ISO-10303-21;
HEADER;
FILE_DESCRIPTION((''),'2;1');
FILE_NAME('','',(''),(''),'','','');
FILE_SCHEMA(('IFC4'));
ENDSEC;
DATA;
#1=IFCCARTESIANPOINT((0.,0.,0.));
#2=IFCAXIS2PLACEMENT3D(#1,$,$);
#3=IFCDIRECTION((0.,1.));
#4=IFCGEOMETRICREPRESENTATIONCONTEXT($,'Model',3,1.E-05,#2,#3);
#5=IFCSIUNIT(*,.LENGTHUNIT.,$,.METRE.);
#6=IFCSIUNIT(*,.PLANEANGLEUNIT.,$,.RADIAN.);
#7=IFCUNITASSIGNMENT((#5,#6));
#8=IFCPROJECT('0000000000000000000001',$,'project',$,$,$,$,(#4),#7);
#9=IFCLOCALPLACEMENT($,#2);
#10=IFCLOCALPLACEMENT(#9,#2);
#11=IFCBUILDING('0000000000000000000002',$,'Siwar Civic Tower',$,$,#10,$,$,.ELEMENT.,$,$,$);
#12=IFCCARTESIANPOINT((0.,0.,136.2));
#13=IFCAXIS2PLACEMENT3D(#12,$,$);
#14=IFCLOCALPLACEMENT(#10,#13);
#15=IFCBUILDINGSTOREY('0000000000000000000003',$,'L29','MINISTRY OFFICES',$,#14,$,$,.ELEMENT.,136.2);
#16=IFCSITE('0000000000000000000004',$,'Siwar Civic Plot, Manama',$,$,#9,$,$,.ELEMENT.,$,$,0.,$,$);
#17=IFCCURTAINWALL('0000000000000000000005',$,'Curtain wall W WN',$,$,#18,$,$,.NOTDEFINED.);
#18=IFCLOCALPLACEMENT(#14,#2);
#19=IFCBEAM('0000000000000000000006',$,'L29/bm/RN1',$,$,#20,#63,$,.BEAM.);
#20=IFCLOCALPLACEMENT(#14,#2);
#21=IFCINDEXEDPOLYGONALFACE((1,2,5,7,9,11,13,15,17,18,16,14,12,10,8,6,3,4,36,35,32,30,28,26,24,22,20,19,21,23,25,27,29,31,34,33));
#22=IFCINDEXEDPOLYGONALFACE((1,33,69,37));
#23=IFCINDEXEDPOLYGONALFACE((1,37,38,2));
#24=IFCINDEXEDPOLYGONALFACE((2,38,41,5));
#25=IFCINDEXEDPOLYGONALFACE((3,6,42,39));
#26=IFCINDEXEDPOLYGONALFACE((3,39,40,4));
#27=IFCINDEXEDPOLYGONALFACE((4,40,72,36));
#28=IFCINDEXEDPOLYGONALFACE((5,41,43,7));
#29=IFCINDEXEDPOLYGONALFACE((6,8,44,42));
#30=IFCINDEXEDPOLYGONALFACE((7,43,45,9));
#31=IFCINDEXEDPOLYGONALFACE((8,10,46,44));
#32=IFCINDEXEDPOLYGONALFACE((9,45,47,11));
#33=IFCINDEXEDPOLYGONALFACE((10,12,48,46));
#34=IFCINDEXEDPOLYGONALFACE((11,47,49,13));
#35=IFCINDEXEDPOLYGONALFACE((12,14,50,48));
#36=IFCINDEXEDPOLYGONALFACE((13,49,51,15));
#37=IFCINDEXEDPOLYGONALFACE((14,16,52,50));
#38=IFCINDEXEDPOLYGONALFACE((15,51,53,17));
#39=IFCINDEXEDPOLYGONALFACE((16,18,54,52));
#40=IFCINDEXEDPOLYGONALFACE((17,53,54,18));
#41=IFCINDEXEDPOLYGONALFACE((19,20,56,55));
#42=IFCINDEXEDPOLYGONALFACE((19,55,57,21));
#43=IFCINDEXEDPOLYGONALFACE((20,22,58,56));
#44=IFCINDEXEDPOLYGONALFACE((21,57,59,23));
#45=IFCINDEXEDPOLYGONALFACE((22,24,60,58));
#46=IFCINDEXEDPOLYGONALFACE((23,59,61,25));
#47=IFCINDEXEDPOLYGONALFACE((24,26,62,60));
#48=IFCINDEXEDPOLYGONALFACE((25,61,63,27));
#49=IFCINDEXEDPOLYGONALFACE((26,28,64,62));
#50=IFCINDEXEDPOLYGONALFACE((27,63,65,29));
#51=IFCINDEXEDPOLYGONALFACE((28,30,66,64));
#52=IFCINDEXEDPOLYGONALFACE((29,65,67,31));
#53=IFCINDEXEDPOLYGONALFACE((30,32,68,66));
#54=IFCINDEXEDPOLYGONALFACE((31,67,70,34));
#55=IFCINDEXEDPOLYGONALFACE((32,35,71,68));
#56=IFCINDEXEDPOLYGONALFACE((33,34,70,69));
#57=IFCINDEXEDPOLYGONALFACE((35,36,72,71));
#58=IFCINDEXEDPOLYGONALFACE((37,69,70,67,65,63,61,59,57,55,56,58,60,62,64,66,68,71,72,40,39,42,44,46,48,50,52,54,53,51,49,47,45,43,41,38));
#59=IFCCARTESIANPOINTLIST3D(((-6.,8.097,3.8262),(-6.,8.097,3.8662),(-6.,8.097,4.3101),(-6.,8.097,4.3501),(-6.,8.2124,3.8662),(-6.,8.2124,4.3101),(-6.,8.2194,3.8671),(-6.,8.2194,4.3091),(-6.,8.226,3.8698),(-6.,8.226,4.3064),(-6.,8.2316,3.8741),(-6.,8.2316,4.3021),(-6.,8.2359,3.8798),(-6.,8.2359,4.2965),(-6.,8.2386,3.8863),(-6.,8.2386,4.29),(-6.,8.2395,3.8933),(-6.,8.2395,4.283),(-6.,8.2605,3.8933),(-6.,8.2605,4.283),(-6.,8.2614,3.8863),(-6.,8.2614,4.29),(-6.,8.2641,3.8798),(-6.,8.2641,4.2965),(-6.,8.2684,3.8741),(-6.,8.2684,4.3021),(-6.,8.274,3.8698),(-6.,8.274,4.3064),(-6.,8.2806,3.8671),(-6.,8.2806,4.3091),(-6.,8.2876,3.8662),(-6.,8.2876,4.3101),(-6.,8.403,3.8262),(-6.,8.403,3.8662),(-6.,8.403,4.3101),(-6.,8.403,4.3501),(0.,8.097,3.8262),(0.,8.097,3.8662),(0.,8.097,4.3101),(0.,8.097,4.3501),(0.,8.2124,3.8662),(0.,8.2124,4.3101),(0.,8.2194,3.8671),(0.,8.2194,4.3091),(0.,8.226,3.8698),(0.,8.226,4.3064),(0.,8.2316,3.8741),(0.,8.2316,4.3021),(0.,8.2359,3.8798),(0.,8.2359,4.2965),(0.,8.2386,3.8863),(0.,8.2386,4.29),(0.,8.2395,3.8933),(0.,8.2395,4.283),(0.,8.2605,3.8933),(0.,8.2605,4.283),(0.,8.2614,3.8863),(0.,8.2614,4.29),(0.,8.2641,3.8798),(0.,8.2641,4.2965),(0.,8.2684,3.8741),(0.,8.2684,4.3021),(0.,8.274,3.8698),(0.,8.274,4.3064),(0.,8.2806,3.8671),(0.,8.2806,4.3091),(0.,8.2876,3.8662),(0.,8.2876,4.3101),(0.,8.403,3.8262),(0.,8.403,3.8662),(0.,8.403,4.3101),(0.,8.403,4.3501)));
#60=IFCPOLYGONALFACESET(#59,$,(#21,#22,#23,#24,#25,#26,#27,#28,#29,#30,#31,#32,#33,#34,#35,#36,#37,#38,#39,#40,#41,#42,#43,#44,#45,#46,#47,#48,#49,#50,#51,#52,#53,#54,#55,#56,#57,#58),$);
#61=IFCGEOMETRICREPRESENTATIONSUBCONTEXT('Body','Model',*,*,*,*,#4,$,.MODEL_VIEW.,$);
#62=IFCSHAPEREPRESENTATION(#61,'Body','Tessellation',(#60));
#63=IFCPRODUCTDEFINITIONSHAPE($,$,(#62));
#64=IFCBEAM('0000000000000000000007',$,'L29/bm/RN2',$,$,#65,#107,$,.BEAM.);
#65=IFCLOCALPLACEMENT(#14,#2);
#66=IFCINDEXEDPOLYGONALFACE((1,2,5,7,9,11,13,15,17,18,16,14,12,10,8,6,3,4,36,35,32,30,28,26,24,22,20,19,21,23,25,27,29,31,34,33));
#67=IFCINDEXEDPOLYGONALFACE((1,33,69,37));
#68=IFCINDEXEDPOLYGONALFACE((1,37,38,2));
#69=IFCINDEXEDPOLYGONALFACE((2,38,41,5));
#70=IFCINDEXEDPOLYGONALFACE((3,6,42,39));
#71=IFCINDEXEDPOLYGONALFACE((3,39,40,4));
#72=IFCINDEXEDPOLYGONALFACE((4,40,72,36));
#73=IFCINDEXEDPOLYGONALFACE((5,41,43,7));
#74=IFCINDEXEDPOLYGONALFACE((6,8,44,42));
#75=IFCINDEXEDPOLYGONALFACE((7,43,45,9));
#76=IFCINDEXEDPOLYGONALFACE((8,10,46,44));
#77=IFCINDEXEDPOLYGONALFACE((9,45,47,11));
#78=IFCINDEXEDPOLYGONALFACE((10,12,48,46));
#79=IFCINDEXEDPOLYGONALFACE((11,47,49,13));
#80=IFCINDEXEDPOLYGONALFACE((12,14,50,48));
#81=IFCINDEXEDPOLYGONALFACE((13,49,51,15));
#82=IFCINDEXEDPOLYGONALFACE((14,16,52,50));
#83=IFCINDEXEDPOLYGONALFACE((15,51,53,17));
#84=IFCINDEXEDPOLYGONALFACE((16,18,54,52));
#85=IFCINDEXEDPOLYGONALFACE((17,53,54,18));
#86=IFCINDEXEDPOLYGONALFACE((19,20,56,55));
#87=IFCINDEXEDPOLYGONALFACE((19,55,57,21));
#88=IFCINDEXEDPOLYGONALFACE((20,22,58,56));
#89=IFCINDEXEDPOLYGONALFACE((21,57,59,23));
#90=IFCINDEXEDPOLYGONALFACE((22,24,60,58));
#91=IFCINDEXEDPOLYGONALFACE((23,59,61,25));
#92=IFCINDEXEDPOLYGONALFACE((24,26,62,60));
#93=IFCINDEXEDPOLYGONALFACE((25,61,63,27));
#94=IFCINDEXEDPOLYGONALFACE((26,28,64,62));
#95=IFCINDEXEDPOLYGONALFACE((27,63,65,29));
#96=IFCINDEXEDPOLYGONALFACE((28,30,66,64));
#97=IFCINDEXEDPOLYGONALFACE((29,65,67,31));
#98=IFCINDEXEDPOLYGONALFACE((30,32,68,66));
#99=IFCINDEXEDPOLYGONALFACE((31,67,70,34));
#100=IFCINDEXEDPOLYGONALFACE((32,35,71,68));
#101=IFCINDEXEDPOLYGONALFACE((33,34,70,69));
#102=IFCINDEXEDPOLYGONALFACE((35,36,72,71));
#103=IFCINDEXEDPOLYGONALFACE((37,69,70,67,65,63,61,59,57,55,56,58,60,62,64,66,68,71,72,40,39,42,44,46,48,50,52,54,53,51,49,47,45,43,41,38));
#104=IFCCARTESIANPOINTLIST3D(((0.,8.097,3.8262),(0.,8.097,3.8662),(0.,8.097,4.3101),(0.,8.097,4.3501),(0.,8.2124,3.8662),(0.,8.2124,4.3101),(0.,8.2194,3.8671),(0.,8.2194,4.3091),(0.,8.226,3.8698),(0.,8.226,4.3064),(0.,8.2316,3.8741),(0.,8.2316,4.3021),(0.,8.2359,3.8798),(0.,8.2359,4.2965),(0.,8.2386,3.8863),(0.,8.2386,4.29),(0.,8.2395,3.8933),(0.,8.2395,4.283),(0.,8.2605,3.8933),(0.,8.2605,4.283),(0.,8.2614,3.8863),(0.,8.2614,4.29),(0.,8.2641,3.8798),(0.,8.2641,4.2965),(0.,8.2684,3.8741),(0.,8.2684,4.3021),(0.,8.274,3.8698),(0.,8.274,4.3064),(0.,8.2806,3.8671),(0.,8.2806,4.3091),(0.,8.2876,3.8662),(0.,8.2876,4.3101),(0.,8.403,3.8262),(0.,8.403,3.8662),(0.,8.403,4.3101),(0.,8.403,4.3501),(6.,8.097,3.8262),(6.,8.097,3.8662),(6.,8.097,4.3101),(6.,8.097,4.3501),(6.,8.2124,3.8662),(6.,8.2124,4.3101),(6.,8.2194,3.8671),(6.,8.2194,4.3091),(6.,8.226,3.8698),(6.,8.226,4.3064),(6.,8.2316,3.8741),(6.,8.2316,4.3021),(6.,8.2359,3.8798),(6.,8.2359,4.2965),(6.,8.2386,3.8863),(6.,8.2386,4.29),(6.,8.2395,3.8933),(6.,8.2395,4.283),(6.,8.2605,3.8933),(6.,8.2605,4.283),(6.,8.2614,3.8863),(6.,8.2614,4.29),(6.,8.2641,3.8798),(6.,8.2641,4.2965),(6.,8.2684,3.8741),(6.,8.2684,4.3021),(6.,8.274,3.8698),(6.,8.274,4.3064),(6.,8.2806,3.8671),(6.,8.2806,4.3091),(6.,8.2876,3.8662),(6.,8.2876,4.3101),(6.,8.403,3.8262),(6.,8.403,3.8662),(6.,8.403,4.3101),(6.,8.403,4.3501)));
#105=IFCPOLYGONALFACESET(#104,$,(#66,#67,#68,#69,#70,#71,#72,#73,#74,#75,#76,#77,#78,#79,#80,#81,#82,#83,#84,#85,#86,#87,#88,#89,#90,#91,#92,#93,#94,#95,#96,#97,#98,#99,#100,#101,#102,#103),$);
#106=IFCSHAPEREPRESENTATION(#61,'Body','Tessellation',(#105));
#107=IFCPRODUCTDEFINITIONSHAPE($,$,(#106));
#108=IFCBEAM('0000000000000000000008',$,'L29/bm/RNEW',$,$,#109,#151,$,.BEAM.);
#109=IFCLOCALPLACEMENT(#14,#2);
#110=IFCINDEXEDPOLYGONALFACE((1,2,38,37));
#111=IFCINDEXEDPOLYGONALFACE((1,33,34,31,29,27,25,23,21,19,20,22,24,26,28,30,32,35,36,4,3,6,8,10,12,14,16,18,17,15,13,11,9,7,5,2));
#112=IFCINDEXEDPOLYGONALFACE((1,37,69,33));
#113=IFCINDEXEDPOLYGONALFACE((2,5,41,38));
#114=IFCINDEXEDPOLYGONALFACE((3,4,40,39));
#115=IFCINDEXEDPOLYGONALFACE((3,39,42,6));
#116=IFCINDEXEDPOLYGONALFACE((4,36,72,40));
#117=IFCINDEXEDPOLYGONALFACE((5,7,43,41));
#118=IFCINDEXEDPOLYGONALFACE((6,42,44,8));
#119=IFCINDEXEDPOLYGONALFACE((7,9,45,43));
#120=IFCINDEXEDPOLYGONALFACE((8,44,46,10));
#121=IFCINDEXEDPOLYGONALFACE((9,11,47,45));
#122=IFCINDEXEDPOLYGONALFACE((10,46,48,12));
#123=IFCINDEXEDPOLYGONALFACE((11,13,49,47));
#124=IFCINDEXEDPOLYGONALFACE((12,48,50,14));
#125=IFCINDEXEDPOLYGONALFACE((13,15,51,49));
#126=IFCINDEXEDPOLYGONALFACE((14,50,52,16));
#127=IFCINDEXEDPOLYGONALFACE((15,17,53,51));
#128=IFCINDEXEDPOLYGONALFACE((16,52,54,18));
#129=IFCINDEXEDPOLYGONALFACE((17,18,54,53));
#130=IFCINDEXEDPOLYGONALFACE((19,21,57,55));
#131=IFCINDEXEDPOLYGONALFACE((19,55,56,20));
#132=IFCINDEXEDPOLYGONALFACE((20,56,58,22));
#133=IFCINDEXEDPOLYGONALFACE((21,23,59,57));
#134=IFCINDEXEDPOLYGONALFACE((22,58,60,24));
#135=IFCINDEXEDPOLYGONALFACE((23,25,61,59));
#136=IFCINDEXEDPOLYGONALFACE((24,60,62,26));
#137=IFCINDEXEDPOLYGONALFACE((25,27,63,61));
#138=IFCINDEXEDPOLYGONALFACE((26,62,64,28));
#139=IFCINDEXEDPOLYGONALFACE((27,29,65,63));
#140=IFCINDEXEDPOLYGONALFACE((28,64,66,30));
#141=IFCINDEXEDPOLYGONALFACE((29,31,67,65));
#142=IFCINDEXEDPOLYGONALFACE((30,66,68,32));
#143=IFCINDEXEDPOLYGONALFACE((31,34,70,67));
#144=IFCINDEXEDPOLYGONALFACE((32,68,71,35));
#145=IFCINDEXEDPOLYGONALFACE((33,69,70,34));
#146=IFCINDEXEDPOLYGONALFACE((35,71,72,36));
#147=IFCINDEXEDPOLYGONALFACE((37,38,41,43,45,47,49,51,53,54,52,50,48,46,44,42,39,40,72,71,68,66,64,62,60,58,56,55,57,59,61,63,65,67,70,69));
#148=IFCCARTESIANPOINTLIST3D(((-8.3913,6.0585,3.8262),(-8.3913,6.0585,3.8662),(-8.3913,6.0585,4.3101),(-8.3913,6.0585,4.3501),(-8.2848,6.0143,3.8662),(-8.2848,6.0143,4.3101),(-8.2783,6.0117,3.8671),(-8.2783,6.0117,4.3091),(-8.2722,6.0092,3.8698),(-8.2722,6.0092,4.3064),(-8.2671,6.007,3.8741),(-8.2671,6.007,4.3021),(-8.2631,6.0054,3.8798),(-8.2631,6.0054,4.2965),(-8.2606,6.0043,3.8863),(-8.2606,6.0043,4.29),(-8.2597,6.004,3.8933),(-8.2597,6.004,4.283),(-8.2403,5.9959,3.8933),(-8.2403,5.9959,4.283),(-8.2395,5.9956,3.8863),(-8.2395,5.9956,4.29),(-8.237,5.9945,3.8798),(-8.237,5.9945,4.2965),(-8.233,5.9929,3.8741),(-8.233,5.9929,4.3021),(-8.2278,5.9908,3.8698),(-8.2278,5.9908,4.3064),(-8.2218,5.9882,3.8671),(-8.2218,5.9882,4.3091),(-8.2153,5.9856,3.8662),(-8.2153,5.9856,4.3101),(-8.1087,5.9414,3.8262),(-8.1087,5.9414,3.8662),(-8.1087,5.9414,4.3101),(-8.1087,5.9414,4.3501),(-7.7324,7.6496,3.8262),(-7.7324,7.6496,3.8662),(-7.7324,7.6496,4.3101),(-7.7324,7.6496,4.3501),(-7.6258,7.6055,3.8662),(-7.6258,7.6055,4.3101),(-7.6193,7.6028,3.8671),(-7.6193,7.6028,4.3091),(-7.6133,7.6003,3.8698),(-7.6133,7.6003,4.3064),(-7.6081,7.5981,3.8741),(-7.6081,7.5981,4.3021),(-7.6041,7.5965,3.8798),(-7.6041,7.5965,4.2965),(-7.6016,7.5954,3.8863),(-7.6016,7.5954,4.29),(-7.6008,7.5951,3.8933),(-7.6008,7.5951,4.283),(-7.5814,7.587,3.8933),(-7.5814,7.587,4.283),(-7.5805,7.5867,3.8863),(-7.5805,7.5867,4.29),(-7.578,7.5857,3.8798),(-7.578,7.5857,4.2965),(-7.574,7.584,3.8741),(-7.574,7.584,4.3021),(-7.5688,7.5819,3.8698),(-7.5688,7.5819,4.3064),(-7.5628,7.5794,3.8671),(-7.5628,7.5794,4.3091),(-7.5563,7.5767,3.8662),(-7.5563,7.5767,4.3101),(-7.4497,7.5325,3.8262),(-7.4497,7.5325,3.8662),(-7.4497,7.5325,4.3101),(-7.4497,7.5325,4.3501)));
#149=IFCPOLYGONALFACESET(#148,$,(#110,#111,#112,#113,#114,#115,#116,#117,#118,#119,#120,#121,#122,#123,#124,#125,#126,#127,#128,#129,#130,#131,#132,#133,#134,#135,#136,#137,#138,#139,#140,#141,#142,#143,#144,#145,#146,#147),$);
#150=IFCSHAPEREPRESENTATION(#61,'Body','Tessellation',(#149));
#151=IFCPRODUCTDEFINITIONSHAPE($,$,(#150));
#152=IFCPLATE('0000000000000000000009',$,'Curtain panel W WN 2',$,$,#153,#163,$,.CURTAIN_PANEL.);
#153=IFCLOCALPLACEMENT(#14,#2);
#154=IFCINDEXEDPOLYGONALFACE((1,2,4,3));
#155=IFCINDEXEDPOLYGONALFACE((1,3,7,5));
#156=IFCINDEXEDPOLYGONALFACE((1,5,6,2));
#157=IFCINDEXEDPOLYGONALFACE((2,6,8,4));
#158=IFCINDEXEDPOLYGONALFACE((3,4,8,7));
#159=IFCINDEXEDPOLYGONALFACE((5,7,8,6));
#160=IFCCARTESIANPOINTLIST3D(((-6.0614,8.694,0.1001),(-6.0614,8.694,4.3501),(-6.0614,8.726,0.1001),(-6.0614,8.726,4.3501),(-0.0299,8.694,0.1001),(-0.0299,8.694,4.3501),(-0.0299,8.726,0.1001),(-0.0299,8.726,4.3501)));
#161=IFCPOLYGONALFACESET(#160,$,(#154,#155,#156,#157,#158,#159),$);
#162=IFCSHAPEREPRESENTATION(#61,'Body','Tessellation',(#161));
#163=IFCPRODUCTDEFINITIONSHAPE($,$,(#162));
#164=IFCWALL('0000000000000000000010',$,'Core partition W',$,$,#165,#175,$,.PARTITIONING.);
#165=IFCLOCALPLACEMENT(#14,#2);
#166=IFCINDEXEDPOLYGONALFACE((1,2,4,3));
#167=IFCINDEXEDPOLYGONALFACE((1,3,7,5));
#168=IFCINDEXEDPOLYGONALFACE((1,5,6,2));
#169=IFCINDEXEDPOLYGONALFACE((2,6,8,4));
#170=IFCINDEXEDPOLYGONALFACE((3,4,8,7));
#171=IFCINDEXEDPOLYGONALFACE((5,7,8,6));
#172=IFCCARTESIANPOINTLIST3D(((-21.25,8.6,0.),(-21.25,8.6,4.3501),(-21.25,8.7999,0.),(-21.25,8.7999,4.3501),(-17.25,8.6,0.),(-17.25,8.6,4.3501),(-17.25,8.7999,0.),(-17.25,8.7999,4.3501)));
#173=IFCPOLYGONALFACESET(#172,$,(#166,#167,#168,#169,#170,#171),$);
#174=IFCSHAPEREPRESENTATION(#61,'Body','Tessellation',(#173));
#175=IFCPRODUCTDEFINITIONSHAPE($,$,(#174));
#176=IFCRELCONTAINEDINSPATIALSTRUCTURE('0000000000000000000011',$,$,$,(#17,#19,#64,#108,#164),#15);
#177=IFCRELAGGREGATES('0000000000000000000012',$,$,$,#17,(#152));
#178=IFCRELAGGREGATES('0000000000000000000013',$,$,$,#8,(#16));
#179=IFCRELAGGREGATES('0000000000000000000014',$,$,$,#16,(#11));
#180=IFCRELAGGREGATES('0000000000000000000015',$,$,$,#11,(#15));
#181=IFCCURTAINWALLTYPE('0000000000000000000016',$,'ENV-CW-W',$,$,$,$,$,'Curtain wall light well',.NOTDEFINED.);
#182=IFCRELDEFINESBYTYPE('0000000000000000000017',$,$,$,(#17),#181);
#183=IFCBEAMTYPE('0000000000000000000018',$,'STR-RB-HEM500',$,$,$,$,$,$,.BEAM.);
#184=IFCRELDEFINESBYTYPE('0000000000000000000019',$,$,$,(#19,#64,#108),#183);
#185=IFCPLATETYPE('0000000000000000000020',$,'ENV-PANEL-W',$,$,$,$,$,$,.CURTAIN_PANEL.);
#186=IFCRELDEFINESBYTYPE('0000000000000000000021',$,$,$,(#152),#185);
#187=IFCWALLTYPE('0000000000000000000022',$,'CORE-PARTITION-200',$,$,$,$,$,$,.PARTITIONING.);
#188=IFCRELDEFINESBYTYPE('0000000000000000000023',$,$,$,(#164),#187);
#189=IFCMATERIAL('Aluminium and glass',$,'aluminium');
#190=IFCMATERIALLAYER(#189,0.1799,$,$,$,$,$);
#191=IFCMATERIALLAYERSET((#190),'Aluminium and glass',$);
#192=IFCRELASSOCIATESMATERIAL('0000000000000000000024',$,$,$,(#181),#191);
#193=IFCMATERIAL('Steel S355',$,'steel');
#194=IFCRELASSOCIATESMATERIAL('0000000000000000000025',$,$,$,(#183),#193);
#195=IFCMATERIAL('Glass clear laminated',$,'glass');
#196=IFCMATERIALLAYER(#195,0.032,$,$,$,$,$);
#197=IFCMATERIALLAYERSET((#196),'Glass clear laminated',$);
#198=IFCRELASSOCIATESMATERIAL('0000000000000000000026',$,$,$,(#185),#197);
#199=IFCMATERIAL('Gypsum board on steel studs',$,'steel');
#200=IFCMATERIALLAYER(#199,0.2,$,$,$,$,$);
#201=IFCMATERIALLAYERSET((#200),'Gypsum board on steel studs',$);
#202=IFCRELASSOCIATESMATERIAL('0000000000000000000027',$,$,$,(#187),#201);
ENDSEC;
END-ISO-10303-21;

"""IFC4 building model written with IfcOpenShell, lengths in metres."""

from ifc_helpers import new_model, si_unit, direction, frame, frame_2d, origin, origin_2d, place, context, subcontext, project, spatial, rectangle, i_section, extrude, material, layer, layer_set, material_profile, profile_set, type_object, element, aggregate, save


model = new_model("IFC4")

# Units and contexts
model_context = context("Model", 3, precision=1e-05, world=origin(), true_north=direction((0.0, 1.0)))
body_context = subcontext(model_context, "Body", "Model", "MODEL_VIEW")
ifc_project = project(units=[si_unit("LENGTHUNIT", "METRE"), si_unit("PLANEANGLEUNIT", "RADIAN")], contexts=[model_context])

# Site, building, storey
site_placement = place(None, origin())
site = spatial("IfcSite", under=ifc_project, at=site_placement, Name="Siwar Civic Plot, Manama", CompositionType="ELEMENT", RefElevation=0.0)
building_placement = place(site_placement, origin())
building = spatial("IfcBuilding", under=site, at=building_placement, Name="Siwar Civic Tower", CompositionType="ELEMENT")
storey_placement = place(building_placement, frame((0.0, 0.0, 136.2)))
storey = spatial("IfcBuildingStorey", under=building, at=storey_placement, Name="L29", Description="MINISTRY OFFICES", CompositionType="ELEMENT", Elevation=136.2)

# Curtain wall
ifc_material_1 = material(Name="Aluminium and glass", Category="aluminium")
ifc_layer_1 = layer(ifc_material_1, 0.1799)
ifc_layer_set_1 = layer_set([ifc_layer_1], Name="Aluminium and glass")
curtain_wall_type = type_object("IfcCurtainWallType", Name="ENV-CW-W", ElementType="Curtain wall light well", PredefinedType="NOTDEFINED", material=ifc_layer_set_1)
curtain_wall_placement = place(storey_placement, origin())
curtain_wall = element("IfcCurtainWall", 1, at=curtain_wall_placement, inside=storey, type_object=curtain_wall_type, Name="Curtain wall W WN", PredefinedType="NOTDEFINED")

# Beams
ifc_material_2 = material(Name="Steel S355", Category="steel")
ifc_material_profile_1 = material_profile(ifc_material_2, i_section(OverallWidth=0.3059, OverallDepth=0.5239, WebThickness=0.021, FlangeThickness=0.04, FilletRadius=0.0271, at=origin_2d()), Name="HEM500")
ifc_profile_set_1 = profile_set([ifc_material_profile_1], Name="Steel S355")
beam_type_1 = type_object("IfcBeamType", Name="STR-RB-HEM500", PredefinedType="BEAM", material=ifc_profile_set_1)
for number, where, z_axis, x_axis, name in (
    (2, (-6.0, 8.25, 4.0881), (1.0, 0.0, 0.0), (0.0, 1.0, 0.0), "L29/bm/RN1"),
    (3, (0.0, 8.25, 4.0881), (1.0, 0.0, 0.0), (0.0, 1.0, 0.0), "L29/bm/RN2"),
):
    element("IfcBeam", number, at=place(storey_placement, frame(where, z_axis=z_axis, x_axis=x_axis)), inside=storey, type_object=beam_type_1, Name=name, PredefinedType="BEAM", context=body_context, shape_type="SweptSolid", body=[
        extrude(i_section(OverallWidth=0.3059, OverallDepth=0.5239, WebThickness=0.021, FlangeThickness=0.04, FilletRadius=0.0271, at=origin_2d()), origin(), (0.0, 0.0, 1.0), 6.0),
    ])
beam_1_placement = place(storey_placement, frame((-7.5911, 7.5911, 4.0881), z_axis=(-0.382631, -0.923901, 0.0), x_axis=(0.923901, -0.382631, 0.0)))
element("IfcBeam", 4, at=beam_1_placement, inside=storey, type_object=beam_type_1, Name="L29/bm/RNEW", PredefinedType="BEAM", context=body_context, shape_type="SweptSolid", body=[
    extrude(i_section(OverallWidth=0.3059, OverallDepth=0.5239, WebThickness=0.021, FlangeThickness=0.04, FilletRadius=0.0271, at=origin_2d()), origin(), (0.0, 0.0, 1.0), 1.7222),
])

# Plate
ifc_material_3 = material(Name="Glass clear laminated", Category="glass")
ifc_layer_2 = layer(ifc_material_3, 0.032)
ifc_layer_set_2 = layer_set([ifc_layer_2], Name="Glass clear laminated")
plate_type = type_object("IfcPlateType", Name="ENV-PANEL-W", PredefinedType="CURTAIN_PANEL", material=ifc_layer_set_2)
plate_placement = place(storey_placement, frame((-3.0457, 8.71, 0.1001), z_axis=(0.0, 0.0, 1.0), x_axis=(-1.0, 0.0, 0.0)))
plate = element("IfcPlate", 5, at=plate_placement, type_object=plate_type, Name="Curtain panel W WN 2", PredefinedType="CURTAIN_PANEL", context=body_context, shape_type="SweptSolid", body=[
    extrude(rectangle(XDim=6.0315, YDim=0.032, at=origin_2d()), origin(), (0.0, 0.0, 1.0), 4.25),
])
aggregate(curtain_wall, [plate])

# Wall
ifc_material_4 = material(Name="Gypsum board on steel studs", Category="steel")
ifc_layer_3 = layer(ifc_material_4, 0.2)
ifc_layer_set_3 = layer_set([ifc_layer_3], Name="Gypsum board on steel studs")
wall_type_1 = type_object("IfcWallType", Name="CORE-PARTITION-200", PredefinedType="PARTITIONING", material=ifc_layer_set_3)
wall_1_placement = place(storey_placement, frame((-17.25, 8.7, 0.0), z_axis=(0.0, 0.0, 1.0), x_axis=(-1.0, 0.0, 0.0)))
element("IfcWall", 6, at=wall_1_placement, inside=storey, type_object=wall_type_1, Name="Core partition W", PredefinedType="PARTITIONING", context=body_context, shape_type="SweptSolid", body=[
    extrude(rectangle(XDim=4.0, YDim=0.2, at=frame_2d((2.0, 0.0))), origin(), (0.0, 0.0, 1.0), 4.3501),
])

save(model, "model.ifc")
